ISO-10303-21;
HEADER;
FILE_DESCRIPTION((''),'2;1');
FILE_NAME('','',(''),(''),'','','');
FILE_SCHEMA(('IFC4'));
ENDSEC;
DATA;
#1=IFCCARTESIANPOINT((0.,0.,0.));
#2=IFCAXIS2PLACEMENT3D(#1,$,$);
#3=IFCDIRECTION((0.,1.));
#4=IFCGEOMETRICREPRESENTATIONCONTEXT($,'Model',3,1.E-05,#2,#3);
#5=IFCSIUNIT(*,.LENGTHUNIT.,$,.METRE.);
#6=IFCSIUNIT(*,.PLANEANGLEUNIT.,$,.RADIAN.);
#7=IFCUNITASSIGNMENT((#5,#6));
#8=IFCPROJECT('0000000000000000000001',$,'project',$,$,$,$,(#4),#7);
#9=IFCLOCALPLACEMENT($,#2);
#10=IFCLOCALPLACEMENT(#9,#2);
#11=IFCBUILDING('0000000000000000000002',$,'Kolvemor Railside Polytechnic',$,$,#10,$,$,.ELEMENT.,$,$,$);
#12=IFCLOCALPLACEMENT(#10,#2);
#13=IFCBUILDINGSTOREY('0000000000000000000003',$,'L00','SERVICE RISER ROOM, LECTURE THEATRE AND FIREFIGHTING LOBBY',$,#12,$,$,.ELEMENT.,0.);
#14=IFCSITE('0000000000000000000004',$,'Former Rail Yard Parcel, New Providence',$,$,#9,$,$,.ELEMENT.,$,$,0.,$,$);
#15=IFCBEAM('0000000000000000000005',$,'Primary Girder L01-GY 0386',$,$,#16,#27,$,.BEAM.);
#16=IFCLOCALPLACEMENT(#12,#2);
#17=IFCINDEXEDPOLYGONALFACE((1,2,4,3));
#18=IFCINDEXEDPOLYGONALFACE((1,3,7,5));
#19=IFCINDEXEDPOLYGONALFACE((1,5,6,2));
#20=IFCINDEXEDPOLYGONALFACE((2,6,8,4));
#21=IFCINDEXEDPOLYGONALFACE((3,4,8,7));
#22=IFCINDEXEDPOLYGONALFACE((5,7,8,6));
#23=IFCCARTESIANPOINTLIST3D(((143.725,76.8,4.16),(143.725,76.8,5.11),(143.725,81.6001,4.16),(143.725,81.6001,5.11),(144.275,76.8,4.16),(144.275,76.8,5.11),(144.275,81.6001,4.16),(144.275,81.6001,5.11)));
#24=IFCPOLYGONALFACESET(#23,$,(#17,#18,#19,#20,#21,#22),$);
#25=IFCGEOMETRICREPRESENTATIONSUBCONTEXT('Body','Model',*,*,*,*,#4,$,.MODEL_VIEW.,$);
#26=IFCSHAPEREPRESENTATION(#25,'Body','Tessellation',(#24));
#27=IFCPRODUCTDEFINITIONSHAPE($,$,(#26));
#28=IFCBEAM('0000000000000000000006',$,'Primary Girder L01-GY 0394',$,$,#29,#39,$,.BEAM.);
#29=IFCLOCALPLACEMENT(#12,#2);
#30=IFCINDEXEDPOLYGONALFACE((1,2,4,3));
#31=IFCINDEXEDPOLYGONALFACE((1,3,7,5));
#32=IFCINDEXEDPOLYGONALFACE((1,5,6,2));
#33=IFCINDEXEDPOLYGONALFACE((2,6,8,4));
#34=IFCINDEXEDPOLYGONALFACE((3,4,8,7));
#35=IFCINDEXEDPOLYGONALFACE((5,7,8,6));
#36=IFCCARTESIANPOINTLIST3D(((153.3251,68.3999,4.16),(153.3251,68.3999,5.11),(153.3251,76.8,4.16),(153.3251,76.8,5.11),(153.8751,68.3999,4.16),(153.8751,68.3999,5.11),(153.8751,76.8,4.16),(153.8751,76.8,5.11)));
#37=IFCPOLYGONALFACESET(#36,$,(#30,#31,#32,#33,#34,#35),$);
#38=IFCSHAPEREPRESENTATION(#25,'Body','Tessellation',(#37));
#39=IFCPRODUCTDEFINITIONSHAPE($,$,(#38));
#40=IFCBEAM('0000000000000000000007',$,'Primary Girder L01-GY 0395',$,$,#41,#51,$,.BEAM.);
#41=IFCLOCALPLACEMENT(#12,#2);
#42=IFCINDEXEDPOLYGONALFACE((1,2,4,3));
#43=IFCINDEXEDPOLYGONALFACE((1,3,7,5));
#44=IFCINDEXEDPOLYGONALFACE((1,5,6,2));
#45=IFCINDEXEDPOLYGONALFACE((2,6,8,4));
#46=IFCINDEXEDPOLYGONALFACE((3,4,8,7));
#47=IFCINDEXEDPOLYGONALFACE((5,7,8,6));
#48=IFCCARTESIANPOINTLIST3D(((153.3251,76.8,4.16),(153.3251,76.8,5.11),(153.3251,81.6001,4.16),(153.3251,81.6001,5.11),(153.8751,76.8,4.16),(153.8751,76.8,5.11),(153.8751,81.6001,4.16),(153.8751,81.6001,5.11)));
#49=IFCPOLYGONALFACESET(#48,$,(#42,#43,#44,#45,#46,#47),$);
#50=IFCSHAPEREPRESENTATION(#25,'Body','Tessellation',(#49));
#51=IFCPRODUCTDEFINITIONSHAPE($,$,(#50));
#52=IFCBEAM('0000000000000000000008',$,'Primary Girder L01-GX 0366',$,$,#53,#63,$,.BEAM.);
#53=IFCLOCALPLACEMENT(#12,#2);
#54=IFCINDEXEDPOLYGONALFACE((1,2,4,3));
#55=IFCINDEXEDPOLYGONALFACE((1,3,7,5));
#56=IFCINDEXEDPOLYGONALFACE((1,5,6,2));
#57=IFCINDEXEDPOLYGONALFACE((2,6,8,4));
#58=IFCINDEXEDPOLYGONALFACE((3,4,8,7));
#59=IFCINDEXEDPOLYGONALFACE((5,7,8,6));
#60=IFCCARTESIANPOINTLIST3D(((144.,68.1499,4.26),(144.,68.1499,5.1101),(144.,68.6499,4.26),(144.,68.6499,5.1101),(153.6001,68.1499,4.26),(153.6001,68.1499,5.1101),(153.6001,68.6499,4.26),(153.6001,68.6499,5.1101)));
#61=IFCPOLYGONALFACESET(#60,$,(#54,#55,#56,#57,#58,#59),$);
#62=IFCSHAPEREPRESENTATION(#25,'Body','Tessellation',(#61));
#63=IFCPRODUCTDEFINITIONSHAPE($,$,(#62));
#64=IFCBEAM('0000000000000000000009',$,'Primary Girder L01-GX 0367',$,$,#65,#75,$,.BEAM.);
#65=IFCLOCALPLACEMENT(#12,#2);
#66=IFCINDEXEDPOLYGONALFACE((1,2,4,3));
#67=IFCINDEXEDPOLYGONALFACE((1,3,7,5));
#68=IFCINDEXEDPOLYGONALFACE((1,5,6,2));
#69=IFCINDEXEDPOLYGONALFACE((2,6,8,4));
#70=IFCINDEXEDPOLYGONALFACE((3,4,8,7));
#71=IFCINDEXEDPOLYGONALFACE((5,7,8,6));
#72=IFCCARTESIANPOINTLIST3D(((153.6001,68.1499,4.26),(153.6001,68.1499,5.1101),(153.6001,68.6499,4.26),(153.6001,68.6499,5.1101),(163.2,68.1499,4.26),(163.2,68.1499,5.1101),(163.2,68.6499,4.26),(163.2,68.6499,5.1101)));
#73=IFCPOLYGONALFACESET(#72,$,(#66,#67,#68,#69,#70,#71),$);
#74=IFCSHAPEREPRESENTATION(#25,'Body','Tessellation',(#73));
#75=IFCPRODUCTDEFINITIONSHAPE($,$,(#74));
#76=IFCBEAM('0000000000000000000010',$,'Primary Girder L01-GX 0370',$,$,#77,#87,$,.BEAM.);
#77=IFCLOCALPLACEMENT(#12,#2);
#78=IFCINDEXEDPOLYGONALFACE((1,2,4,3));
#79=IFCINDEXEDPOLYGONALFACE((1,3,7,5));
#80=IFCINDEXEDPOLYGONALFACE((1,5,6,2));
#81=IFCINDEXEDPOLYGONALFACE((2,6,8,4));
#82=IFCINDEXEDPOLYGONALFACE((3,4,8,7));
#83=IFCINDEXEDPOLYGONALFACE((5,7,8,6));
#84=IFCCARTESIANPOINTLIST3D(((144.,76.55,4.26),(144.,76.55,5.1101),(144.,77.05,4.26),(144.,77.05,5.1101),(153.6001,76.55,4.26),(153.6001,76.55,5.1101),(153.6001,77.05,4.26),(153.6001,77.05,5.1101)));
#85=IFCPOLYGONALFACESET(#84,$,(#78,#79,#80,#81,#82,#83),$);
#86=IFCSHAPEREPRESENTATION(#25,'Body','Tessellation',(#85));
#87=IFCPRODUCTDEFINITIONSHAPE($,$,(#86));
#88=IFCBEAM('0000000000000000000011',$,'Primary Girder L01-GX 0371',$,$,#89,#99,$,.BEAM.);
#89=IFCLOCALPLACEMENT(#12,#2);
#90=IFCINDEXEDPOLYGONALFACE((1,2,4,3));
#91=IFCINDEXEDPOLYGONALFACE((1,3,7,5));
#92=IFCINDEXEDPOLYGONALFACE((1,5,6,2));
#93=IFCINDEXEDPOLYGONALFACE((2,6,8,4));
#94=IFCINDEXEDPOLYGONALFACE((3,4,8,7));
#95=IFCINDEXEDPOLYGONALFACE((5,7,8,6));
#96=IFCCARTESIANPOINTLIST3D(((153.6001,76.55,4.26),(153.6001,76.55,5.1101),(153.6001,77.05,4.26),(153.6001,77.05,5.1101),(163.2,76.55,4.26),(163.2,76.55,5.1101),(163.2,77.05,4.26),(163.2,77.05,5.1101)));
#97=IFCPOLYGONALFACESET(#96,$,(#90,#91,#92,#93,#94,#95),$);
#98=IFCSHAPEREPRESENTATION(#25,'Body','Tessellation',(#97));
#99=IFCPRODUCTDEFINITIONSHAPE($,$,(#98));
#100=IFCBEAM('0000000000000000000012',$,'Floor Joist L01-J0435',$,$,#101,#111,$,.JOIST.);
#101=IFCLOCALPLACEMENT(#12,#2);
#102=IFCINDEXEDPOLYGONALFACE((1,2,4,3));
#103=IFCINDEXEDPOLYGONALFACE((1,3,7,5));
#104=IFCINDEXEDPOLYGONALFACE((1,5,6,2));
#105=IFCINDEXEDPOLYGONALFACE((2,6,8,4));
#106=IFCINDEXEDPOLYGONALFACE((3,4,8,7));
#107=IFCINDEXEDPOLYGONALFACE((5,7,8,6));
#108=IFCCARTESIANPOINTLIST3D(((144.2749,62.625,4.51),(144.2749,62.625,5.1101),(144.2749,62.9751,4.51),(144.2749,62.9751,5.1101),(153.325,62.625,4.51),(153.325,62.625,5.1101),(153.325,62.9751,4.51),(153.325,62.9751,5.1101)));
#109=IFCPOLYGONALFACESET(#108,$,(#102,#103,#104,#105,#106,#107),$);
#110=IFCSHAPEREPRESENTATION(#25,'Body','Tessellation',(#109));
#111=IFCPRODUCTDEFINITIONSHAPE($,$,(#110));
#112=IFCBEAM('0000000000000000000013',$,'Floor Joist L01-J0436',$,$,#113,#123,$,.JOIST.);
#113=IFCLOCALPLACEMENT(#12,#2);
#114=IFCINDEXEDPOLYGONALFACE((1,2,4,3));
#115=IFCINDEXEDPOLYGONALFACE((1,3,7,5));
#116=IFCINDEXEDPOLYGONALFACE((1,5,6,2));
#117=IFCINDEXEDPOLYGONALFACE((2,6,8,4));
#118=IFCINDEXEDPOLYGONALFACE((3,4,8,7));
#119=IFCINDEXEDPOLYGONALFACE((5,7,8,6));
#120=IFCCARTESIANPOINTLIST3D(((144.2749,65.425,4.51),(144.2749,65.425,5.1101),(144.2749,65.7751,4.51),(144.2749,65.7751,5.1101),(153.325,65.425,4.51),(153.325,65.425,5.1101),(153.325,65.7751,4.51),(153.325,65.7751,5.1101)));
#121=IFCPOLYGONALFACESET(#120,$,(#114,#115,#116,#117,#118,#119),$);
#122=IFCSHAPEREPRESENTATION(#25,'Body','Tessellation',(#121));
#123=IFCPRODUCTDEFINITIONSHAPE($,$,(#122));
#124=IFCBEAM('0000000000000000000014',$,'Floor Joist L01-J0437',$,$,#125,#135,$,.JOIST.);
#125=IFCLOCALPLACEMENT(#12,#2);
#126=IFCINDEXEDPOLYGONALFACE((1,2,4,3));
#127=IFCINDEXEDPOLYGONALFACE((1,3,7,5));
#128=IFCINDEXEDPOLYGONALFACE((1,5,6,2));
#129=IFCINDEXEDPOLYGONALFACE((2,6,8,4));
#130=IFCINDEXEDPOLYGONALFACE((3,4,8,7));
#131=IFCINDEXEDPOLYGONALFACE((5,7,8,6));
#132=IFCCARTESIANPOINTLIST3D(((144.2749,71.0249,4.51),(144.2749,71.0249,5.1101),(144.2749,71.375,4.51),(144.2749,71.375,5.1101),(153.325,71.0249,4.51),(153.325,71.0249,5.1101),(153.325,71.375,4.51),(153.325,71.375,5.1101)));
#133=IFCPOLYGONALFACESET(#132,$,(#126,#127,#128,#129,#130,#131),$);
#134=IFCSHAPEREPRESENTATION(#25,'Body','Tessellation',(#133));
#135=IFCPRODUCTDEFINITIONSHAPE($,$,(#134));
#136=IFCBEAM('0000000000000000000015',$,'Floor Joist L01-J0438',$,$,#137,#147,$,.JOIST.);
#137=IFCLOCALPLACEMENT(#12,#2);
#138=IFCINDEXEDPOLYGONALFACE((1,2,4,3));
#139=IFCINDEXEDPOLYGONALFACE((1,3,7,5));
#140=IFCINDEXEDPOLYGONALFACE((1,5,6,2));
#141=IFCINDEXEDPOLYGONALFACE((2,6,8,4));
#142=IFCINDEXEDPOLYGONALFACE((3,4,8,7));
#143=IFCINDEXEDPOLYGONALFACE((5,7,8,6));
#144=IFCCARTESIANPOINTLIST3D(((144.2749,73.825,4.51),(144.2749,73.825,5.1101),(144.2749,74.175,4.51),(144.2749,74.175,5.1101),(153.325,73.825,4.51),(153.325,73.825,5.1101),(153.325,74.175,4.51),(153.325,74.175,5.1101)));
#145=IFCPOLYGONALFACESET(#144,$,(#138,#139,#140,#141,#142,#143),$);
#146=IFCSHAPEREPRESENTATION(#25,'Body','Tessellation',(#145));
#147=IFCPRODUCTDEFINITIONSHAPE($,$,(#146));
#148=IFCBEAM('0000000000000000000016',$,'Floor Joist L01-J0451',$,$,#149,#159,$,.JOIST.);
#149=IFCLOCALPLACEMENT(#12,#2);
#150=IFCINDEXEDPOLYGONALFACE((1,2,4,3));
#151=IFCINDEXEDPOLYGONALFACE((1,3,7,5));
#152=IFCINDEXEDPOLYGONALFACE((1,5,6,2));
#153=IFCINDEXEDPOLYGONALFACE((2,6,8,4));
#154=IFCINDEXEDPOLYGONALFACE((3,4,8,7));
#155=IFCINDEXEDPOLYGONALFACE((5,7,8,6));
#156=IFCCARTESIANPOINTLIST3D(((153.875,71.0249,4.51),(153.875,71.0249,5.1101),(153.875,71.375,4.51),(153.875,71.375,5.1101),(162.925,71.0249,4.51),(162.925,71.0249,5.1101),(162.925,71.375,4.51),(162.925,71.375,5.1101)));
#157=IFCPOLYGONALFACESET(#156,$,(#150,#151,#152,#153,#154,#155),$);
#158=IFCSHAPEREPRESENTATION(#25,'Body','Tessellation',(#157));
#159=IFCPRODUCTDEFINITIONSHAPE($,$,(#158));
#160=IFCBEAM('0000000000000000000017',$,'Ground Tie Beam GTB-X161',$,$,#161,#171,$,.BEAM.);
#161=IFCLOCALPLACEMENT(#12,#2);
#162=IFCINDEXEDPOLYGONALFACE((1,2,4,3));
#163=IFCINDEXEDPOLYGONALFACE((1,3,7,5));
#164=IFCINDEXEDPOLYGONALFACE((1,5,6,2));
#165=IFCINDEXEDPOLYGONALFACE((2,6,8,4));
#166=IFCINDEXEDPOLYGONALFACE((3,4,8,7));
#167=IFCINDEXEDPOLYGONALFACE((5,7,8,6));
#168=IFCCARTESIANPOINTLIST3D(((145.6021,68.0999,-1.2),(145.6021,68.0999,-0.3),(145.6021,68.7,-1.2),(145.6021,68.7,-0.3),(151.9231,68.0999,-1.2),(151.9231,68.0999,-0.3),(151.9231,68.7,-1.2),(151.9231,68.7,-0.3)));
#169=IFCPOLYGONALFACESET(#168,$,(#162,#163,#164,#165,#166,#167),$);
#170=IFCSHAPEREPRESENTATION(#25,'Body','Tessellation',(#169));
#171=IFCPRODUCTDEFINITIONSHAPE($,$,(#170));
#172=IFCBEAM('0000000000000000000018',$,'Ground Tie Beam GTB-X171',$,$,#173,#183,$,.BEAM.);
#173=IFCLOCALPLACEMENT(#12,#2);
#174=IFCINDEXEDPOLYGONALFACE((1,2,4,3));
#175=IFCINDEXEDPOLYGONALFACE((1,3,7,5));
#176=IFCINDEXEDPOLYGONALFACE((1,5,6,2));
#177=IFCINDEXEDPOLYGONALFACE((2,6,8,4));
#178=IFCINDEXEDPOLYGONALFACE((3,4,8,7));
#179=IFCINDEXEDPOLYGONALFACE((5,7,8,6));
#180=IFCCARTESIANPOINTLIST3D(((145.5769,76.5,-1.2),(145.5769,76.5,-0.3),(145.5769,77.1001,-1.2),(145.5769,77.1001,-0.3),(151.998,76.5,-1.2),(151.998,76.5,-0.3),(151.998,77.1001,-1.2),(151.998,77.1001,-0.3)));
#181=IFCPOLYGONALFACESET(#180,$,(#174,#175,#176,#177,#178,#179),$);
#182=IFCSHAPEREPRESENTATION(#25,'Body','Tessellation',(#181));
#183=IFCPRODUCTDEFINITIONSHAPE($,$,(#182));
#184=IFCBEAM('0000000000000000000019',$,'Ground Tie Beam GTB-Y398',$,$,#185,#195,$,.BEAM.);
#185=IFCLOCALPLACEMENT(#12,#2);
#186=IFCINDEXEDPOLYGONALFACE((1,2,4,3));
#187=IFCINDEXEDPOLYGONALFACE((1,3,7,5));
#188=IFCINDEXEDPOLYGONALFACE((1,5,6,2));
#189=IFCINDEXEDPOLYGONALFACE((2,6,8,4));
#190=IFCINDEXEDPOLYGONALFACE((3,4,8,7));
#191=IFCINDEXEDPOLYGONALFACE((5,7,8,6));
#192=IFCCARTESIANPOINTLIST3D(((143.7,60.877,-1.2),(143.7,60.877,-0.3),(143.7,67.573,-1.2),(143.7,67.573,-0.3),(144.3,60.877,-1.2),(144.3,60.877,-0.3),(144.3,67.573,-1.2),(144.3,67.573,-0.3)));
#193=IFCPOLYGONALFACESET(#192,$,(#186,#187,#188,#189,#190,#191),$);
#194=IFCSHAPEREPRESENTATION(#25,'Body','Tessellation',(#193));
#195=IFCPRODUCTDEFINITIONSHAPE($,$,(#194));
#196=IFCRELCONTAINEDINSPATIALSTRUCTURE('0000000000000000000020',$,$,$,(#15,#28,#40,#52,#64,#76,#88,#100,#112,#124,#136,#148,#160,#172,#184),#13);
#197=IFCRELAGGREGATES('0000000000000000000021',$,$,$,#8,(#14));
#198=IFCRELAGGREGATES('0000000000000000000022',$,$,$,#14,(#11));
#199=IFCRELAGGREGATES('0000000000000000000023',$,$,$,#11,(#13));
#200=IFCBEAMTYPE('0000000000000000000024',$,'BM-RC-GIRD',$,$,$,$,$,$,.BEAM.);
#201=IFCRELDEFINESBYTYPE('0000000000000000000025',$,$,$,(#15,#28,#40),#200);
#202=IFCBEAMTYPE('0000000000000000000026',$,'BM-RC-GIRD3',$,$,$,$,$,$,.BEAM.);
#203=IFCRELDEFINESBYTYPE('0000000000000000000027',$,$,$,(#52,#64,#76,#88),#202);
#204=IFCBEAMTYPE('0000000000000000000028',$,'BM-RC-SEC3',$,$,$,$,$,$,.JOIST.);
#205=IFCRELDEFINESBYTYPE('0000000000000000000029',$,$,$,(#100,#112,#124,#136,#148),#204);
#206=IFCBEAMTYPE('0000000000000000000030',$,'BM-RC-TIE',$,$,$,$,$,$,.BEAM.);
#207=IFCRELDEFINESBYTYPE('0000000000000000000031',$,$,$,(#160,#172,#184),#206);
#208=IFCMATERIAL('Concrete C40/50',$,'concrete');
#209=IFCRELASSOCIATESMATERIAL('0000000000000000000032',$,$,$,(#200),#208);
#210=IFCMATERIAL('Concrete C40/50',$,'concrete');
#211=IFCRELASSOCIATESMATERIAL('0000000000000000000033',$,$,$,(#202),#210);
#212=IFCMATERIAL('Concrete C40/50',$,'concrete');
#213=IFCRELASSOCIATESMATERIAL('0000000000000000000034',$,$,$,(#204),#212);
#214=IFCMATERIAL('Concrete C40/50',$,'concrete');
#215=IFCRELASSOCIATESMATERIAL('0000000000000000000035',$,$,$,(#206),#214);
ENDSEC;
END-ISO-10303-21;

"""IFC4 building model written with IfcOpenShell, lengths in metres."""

from ifc_helpers import new_model, si_unit, direction, frame, origin, origin_2d, place, context, subcontext, project, spatial, rectangle, extrude, material, material_profile, profile_set, type_object, element, save


model = new_model("IFC4")

# Units and contexts
model_context = context("Model", 3, precision=1e-05, world=origin(), true_north=direction((0.0, 1.0)))
body_context = subcontext(model_context, "Body", "Model", "MODEL_VIEW")
ifc_project = project(units=[si_unit("LENGTHUNIT", "METRE"), si_unit("PLANEANGLEUNIT", "RADIAN")], contexts=[model_context])

# Site, building, storey
site_placement = place(None, origin())
site = spatial("IfcSite", under=ifc_project, at=site_placement, Name="Former Rail Yard Parcel, New Providence", CompositionType="ELEMENT", RefElevation=0.0)
building_placement = place(site_placement, origin())
building = spatial("IfcBuilding", under=site, at=building_placement, Name="Kolvemor Railside Polytechnic", CompositionType="ELEMENT")
storey_placement = place(building_placement, origin())
storey = spatial("IfcBuildingStorey", under=building, at=storey_placement, Name="L00", Description="SERVICE RISER ROOM, LECTURE THEATRE AND FIREFIGHTING LOBBY", CompositionType="ELEMENT", Elevation=0.0)

# Beams
ifc_material_1 = material(Name="Concrete C40/50", Category="concrete")
ifc_material_profile_1 = material_profile(ifc_material_1, rectangle(XDim=0.55, YDim=0.95, at=origin_2d()), Name="RC550x950")
ifc_profile_set_1 = profile_set([ifc_material_profile_1], Name="Concrete C40/50")
beam_type_1 = type_object("IfcBeamType", Name="BM-RC-GIRD", PredefinedType="BEAM", material=ifc_profile_set_1)
beam_1_placement = place(storey_placement, frame((144.0, 76.8, 4.635), z_axis=(0.0, 1.0, 0.0), x_axis=(-1.0, 0.0, 0.0)))
element("IfcBeam", 1, at=beam_1_placement, inside=storey, type_object=beam_type_1, Name="Primary Girder L01-GY 0386", PredefinedType="BEAM", context=body_context, shape_type="SweptSolid", body=[
    extrude(rectangle(XDim=0.55, YDim=0.95, at=origin_2d()), origin(), (0.0, 0.0, 1.0), 4.8),
])
beam_2_placement = place(storey_placement, frame((153.6001, 68.3999, 4.635), z_axis=(0.0, 1.0, 0.0), x_axis=(-1.0, 0.0, 0.0)))
element("IfcBeam", 2, at=beam_2_placement, inside=storey, type_object=beam_type_1, Name="Primary Girder L01-GY 0394", PredefinedType="BEAM", context=body_context, shape_type="SweptSolid", body=[
    extrude(rectangle(XDim=0.55, YDim=0.95, at=origin_2d()), origin(), (0.0, 0.0, 1.0), 8.4001),
])
beam_3_placement = place(storey_placement, frame((153.6001, 76.8, 4.635), z_axis=(0.0, 1.0, 0.0), x_axis=(-1.0, 0.0, 0.0)))
element("IfcBeam", 3, at=beam_3_placement, inside=storey, type_object=beam_type_1, Name="Primary Girder L01-GY 0395", PredefinedType="BEAM", context=body_context, shape_type="SweptSolid", body=[
    extrude(rectangle(XDim=0.55, YDim=0.95, at=origin_2d()), origin(), (0.0, 0.0, 1.0), 4.8),
])
ifc_material_2 = material(Name="Concrete C40/50", Category="concrete")
ifc_material_profile_2 = material_profile(ifc_material_2, rectangle(XDim=0.5, YDim=0.8501, at=origin_2d()), Name="RC500x850")
ifc_profile_set_2 = profile_set([ifc_material_profile_2], Name="Concrete C40/50")
beam_type_2 = type_object("IfcBeamType", Name="BM-RC-GIRD3", PredefinedType="BEAM", material=ifc_profile_set_2)
beam_4_placement = place(storey_placement, frame((144.0, 68.3999, 4.6851), z_axis=(1.0, 0.0, 0.0), x_axis=(0.0, 1.0, 0.0)))
element("IfcBeam", 4, at=beam_4_placement, inside=storey, type_object=beam_type_2, Name="Primary Girder L01-GX 0366", PredefinedType="BEAM", context=body_context, shape_type="SweptSolid", body=[
    extrude(rectangle(XDim=0.5, YDim=0.8501, at=origin_2d()), origin(), (0.0, 0.0, 1.0), 9.6001),
])
beam_5_placement = place(storey_placement, frame((153.6001, 68.3999, 4.6851), z_axis=(1.0, 0.0, 0.0), x_axis=(0.0, 1.0, 0.0)))
element("IfcBeam", 5, at=beam_5_placement, inside=storey, type_object=beam_type_2, Name="Primary Girder L01-GX 0367", PredefinedType="BEAM", context=body_context, shape_type="SweptSolid", body=[
    extrude(rectangle(XDim=0.5, YDim=0.8501, at=origin_2d()), origin(), (0.0, 0.0, 1.0), 9.5999),
])
beam_6_placement = place(storey_placement, frame((144.0, 76.8, 4.6851), z_axis=(1.0, 0.0, 0.0), x_axis=(0.0, 1.0, 0.0)))
element("IfcBeam", 6, at=beam_6_placement, inside=storey, type_object=beam_type_2, Name="Primary Girder L01-GX 0370", PredefinedType="BEAM", context=body_context, shape_type="SweptSolid", body=[
    extrude(rectangle(XDim=0.5, YDim=0.8501, at=origin_2d()), origin(), (0.0, 0.0, 1.0), 9.6001),
])
beam_7_placement = place(storey_placement, frame((153.6001, 76.8, 4.6851), z_axis=(1.0, 0.0, 0.0), x_axis=(0.0, 1.0, 0.0)))
element("IfcBeam", 7, at=beam_7_placement, inside=storey, type_object=beam_type_2, Name="Primary Girder L01-GX 0371", PredefinedType="BEAM", context=body_context, shape_type="SweptSolid", body=[
    extrude(rectangle(XDim=0.5, YDim=0.8501, at=origin_2d()), origin(), (0.0, 0.0, 1.0), 9.5999),
])
ifc_material_3 = material(Name="Concrete C40/50", Category="concrete")
ifc_material_profile_3 = material_profile(ifc_material_3, rectangle(XDim=0.3501, YDim=0.6001, at=origin_2d()), Name="RC350x600")
ifc_profile_set_3 = profile_set([ifc_material_profile_3], Name="Concrete C40/50")
beam_type_3 = type_object("IfcBeamType", Name="BM-RC-SEC3", PredefinedType="JOIST", material=ifc_profile_set_3)
for number, where, z_axis, x_axis, name in (
    (8, (144.2749, 62.8, 4.8101), (1.0, 0.0, 0.0), (0.0, 1.0, 0.0), "Floor Joist L01-J0435"),
    (9, (144.2749, 65.6001, 4.8101), (1.0, 0.0, 0.0), (0.0, 1.0, 0.0), "Floor Joist L01-J0436"),
    (10, (144.2749, 71.2, 4.8101), (1.0, 0.0, 0.0), (0.0, 1.0, 0.0), "Floor Joist L01-J0437"),
    (11, (144.2749, 74.0, 4.8101), (1.0, 0.0, 0.0), (0.0, 1.0, 0.0), "Floor Joist L01-J0438"),
    (12, (153.875, 71.2, 4.8101), (1.0, 0.0, 0.0), (0.0, 1.0, 0.0), "Floor Joist L01-J0451"),
):
    element("IfcBeam", number, at=place(storey_placement, frame(where, z_axis=z_axis, x_axis=x_axis)), inside=storey, type_object=beam_type_3, Name=name, PredefinedType="JOIST", context=body_context, shape_type="SweptSolid", body=[
        extrude(rectangle(XDim=0.3501, YDim=0.6001, at=origin_2d()), origin(), (0.0, 0.0, 1.0), 9.05),
    ])
ifc_material_4 = material(Name="Concrete C40/50", Category="concrete")
ifc_material_profile_4 = material_profile(ifc_material_4, rectangle(XDim=0.6001, YDim=0.8999, at=origin_2d()), Name="RC600x900")
ifc_profile_set_4 = profile_set([ifc_material_profile_4], Name="Concrete C40/50")
beam_type_4 = type_object("IfcBeamType", Name="BM-RC-TIE", PredefinedType="BEAM", material=ifc_profile_set_4)
beam_8_placement = place(storey_placement, frame((145.6021, 68.3999, -0.75), z_axis=(1.0, 0.0, 0.0), x_axis=(0.0, 1.0, 0.0)))
element("IfcBeam", 13, at=beam_8_placement, inside=storey, type_object=beam_type_4, Name="Ground Tie Beam GTB-X161", PredefinedType="BEAM", context=body_context, shape_type="SweptSolid", body=[
    extrude(rectangle(XDim=0.6001, YDim=0.8999, at=origin_2d()), origin(), (0.0, 0.0, 1.0), 6.321),
])
beam_9_placement = place(storey_placement, frame((145.5769, 76.8, -0.75), z_axis=(1.0, 0.0, 0.0), x_axis=(0.0, 1.0, 0.0)))
element("IfcBeam", 14, at=beam_9_placement, inside=storey, type_object=beam_type_4, Name="Ground Tie Beam GTB-X171", PredefinedType="BEAM", context=body_context, shape_type="SweptSolid", body=[
    extrude(rectangle(XDim=0.6001, YDim=0.8999, at=origin_2d()), origin(), (0.0, 0.0, 1.0), 6.4211),
])
beam_10_placement = place(storey_placement, frame((144.0, 60.877, -0.75), z_axis=(0.0, 1.0, 0.0), x_axis=(-1.0, 0.0, 0.0)))
element("IfcBeam", 15, at=beam_10_placement, inside=storey, type_object=beam_type_4, Name="Ground Tie Beam GTB-Y398", PredefinedType="BEAM", context=body_context, shape_type="SweptSolid", body=[
    extrude(rectangle(XDim=0.6001, YDim=0.8999, at=origin_2d()), origin(), (0.0, 0.0, 1.0), 6.696),
])

save(model, "model.ifc")
